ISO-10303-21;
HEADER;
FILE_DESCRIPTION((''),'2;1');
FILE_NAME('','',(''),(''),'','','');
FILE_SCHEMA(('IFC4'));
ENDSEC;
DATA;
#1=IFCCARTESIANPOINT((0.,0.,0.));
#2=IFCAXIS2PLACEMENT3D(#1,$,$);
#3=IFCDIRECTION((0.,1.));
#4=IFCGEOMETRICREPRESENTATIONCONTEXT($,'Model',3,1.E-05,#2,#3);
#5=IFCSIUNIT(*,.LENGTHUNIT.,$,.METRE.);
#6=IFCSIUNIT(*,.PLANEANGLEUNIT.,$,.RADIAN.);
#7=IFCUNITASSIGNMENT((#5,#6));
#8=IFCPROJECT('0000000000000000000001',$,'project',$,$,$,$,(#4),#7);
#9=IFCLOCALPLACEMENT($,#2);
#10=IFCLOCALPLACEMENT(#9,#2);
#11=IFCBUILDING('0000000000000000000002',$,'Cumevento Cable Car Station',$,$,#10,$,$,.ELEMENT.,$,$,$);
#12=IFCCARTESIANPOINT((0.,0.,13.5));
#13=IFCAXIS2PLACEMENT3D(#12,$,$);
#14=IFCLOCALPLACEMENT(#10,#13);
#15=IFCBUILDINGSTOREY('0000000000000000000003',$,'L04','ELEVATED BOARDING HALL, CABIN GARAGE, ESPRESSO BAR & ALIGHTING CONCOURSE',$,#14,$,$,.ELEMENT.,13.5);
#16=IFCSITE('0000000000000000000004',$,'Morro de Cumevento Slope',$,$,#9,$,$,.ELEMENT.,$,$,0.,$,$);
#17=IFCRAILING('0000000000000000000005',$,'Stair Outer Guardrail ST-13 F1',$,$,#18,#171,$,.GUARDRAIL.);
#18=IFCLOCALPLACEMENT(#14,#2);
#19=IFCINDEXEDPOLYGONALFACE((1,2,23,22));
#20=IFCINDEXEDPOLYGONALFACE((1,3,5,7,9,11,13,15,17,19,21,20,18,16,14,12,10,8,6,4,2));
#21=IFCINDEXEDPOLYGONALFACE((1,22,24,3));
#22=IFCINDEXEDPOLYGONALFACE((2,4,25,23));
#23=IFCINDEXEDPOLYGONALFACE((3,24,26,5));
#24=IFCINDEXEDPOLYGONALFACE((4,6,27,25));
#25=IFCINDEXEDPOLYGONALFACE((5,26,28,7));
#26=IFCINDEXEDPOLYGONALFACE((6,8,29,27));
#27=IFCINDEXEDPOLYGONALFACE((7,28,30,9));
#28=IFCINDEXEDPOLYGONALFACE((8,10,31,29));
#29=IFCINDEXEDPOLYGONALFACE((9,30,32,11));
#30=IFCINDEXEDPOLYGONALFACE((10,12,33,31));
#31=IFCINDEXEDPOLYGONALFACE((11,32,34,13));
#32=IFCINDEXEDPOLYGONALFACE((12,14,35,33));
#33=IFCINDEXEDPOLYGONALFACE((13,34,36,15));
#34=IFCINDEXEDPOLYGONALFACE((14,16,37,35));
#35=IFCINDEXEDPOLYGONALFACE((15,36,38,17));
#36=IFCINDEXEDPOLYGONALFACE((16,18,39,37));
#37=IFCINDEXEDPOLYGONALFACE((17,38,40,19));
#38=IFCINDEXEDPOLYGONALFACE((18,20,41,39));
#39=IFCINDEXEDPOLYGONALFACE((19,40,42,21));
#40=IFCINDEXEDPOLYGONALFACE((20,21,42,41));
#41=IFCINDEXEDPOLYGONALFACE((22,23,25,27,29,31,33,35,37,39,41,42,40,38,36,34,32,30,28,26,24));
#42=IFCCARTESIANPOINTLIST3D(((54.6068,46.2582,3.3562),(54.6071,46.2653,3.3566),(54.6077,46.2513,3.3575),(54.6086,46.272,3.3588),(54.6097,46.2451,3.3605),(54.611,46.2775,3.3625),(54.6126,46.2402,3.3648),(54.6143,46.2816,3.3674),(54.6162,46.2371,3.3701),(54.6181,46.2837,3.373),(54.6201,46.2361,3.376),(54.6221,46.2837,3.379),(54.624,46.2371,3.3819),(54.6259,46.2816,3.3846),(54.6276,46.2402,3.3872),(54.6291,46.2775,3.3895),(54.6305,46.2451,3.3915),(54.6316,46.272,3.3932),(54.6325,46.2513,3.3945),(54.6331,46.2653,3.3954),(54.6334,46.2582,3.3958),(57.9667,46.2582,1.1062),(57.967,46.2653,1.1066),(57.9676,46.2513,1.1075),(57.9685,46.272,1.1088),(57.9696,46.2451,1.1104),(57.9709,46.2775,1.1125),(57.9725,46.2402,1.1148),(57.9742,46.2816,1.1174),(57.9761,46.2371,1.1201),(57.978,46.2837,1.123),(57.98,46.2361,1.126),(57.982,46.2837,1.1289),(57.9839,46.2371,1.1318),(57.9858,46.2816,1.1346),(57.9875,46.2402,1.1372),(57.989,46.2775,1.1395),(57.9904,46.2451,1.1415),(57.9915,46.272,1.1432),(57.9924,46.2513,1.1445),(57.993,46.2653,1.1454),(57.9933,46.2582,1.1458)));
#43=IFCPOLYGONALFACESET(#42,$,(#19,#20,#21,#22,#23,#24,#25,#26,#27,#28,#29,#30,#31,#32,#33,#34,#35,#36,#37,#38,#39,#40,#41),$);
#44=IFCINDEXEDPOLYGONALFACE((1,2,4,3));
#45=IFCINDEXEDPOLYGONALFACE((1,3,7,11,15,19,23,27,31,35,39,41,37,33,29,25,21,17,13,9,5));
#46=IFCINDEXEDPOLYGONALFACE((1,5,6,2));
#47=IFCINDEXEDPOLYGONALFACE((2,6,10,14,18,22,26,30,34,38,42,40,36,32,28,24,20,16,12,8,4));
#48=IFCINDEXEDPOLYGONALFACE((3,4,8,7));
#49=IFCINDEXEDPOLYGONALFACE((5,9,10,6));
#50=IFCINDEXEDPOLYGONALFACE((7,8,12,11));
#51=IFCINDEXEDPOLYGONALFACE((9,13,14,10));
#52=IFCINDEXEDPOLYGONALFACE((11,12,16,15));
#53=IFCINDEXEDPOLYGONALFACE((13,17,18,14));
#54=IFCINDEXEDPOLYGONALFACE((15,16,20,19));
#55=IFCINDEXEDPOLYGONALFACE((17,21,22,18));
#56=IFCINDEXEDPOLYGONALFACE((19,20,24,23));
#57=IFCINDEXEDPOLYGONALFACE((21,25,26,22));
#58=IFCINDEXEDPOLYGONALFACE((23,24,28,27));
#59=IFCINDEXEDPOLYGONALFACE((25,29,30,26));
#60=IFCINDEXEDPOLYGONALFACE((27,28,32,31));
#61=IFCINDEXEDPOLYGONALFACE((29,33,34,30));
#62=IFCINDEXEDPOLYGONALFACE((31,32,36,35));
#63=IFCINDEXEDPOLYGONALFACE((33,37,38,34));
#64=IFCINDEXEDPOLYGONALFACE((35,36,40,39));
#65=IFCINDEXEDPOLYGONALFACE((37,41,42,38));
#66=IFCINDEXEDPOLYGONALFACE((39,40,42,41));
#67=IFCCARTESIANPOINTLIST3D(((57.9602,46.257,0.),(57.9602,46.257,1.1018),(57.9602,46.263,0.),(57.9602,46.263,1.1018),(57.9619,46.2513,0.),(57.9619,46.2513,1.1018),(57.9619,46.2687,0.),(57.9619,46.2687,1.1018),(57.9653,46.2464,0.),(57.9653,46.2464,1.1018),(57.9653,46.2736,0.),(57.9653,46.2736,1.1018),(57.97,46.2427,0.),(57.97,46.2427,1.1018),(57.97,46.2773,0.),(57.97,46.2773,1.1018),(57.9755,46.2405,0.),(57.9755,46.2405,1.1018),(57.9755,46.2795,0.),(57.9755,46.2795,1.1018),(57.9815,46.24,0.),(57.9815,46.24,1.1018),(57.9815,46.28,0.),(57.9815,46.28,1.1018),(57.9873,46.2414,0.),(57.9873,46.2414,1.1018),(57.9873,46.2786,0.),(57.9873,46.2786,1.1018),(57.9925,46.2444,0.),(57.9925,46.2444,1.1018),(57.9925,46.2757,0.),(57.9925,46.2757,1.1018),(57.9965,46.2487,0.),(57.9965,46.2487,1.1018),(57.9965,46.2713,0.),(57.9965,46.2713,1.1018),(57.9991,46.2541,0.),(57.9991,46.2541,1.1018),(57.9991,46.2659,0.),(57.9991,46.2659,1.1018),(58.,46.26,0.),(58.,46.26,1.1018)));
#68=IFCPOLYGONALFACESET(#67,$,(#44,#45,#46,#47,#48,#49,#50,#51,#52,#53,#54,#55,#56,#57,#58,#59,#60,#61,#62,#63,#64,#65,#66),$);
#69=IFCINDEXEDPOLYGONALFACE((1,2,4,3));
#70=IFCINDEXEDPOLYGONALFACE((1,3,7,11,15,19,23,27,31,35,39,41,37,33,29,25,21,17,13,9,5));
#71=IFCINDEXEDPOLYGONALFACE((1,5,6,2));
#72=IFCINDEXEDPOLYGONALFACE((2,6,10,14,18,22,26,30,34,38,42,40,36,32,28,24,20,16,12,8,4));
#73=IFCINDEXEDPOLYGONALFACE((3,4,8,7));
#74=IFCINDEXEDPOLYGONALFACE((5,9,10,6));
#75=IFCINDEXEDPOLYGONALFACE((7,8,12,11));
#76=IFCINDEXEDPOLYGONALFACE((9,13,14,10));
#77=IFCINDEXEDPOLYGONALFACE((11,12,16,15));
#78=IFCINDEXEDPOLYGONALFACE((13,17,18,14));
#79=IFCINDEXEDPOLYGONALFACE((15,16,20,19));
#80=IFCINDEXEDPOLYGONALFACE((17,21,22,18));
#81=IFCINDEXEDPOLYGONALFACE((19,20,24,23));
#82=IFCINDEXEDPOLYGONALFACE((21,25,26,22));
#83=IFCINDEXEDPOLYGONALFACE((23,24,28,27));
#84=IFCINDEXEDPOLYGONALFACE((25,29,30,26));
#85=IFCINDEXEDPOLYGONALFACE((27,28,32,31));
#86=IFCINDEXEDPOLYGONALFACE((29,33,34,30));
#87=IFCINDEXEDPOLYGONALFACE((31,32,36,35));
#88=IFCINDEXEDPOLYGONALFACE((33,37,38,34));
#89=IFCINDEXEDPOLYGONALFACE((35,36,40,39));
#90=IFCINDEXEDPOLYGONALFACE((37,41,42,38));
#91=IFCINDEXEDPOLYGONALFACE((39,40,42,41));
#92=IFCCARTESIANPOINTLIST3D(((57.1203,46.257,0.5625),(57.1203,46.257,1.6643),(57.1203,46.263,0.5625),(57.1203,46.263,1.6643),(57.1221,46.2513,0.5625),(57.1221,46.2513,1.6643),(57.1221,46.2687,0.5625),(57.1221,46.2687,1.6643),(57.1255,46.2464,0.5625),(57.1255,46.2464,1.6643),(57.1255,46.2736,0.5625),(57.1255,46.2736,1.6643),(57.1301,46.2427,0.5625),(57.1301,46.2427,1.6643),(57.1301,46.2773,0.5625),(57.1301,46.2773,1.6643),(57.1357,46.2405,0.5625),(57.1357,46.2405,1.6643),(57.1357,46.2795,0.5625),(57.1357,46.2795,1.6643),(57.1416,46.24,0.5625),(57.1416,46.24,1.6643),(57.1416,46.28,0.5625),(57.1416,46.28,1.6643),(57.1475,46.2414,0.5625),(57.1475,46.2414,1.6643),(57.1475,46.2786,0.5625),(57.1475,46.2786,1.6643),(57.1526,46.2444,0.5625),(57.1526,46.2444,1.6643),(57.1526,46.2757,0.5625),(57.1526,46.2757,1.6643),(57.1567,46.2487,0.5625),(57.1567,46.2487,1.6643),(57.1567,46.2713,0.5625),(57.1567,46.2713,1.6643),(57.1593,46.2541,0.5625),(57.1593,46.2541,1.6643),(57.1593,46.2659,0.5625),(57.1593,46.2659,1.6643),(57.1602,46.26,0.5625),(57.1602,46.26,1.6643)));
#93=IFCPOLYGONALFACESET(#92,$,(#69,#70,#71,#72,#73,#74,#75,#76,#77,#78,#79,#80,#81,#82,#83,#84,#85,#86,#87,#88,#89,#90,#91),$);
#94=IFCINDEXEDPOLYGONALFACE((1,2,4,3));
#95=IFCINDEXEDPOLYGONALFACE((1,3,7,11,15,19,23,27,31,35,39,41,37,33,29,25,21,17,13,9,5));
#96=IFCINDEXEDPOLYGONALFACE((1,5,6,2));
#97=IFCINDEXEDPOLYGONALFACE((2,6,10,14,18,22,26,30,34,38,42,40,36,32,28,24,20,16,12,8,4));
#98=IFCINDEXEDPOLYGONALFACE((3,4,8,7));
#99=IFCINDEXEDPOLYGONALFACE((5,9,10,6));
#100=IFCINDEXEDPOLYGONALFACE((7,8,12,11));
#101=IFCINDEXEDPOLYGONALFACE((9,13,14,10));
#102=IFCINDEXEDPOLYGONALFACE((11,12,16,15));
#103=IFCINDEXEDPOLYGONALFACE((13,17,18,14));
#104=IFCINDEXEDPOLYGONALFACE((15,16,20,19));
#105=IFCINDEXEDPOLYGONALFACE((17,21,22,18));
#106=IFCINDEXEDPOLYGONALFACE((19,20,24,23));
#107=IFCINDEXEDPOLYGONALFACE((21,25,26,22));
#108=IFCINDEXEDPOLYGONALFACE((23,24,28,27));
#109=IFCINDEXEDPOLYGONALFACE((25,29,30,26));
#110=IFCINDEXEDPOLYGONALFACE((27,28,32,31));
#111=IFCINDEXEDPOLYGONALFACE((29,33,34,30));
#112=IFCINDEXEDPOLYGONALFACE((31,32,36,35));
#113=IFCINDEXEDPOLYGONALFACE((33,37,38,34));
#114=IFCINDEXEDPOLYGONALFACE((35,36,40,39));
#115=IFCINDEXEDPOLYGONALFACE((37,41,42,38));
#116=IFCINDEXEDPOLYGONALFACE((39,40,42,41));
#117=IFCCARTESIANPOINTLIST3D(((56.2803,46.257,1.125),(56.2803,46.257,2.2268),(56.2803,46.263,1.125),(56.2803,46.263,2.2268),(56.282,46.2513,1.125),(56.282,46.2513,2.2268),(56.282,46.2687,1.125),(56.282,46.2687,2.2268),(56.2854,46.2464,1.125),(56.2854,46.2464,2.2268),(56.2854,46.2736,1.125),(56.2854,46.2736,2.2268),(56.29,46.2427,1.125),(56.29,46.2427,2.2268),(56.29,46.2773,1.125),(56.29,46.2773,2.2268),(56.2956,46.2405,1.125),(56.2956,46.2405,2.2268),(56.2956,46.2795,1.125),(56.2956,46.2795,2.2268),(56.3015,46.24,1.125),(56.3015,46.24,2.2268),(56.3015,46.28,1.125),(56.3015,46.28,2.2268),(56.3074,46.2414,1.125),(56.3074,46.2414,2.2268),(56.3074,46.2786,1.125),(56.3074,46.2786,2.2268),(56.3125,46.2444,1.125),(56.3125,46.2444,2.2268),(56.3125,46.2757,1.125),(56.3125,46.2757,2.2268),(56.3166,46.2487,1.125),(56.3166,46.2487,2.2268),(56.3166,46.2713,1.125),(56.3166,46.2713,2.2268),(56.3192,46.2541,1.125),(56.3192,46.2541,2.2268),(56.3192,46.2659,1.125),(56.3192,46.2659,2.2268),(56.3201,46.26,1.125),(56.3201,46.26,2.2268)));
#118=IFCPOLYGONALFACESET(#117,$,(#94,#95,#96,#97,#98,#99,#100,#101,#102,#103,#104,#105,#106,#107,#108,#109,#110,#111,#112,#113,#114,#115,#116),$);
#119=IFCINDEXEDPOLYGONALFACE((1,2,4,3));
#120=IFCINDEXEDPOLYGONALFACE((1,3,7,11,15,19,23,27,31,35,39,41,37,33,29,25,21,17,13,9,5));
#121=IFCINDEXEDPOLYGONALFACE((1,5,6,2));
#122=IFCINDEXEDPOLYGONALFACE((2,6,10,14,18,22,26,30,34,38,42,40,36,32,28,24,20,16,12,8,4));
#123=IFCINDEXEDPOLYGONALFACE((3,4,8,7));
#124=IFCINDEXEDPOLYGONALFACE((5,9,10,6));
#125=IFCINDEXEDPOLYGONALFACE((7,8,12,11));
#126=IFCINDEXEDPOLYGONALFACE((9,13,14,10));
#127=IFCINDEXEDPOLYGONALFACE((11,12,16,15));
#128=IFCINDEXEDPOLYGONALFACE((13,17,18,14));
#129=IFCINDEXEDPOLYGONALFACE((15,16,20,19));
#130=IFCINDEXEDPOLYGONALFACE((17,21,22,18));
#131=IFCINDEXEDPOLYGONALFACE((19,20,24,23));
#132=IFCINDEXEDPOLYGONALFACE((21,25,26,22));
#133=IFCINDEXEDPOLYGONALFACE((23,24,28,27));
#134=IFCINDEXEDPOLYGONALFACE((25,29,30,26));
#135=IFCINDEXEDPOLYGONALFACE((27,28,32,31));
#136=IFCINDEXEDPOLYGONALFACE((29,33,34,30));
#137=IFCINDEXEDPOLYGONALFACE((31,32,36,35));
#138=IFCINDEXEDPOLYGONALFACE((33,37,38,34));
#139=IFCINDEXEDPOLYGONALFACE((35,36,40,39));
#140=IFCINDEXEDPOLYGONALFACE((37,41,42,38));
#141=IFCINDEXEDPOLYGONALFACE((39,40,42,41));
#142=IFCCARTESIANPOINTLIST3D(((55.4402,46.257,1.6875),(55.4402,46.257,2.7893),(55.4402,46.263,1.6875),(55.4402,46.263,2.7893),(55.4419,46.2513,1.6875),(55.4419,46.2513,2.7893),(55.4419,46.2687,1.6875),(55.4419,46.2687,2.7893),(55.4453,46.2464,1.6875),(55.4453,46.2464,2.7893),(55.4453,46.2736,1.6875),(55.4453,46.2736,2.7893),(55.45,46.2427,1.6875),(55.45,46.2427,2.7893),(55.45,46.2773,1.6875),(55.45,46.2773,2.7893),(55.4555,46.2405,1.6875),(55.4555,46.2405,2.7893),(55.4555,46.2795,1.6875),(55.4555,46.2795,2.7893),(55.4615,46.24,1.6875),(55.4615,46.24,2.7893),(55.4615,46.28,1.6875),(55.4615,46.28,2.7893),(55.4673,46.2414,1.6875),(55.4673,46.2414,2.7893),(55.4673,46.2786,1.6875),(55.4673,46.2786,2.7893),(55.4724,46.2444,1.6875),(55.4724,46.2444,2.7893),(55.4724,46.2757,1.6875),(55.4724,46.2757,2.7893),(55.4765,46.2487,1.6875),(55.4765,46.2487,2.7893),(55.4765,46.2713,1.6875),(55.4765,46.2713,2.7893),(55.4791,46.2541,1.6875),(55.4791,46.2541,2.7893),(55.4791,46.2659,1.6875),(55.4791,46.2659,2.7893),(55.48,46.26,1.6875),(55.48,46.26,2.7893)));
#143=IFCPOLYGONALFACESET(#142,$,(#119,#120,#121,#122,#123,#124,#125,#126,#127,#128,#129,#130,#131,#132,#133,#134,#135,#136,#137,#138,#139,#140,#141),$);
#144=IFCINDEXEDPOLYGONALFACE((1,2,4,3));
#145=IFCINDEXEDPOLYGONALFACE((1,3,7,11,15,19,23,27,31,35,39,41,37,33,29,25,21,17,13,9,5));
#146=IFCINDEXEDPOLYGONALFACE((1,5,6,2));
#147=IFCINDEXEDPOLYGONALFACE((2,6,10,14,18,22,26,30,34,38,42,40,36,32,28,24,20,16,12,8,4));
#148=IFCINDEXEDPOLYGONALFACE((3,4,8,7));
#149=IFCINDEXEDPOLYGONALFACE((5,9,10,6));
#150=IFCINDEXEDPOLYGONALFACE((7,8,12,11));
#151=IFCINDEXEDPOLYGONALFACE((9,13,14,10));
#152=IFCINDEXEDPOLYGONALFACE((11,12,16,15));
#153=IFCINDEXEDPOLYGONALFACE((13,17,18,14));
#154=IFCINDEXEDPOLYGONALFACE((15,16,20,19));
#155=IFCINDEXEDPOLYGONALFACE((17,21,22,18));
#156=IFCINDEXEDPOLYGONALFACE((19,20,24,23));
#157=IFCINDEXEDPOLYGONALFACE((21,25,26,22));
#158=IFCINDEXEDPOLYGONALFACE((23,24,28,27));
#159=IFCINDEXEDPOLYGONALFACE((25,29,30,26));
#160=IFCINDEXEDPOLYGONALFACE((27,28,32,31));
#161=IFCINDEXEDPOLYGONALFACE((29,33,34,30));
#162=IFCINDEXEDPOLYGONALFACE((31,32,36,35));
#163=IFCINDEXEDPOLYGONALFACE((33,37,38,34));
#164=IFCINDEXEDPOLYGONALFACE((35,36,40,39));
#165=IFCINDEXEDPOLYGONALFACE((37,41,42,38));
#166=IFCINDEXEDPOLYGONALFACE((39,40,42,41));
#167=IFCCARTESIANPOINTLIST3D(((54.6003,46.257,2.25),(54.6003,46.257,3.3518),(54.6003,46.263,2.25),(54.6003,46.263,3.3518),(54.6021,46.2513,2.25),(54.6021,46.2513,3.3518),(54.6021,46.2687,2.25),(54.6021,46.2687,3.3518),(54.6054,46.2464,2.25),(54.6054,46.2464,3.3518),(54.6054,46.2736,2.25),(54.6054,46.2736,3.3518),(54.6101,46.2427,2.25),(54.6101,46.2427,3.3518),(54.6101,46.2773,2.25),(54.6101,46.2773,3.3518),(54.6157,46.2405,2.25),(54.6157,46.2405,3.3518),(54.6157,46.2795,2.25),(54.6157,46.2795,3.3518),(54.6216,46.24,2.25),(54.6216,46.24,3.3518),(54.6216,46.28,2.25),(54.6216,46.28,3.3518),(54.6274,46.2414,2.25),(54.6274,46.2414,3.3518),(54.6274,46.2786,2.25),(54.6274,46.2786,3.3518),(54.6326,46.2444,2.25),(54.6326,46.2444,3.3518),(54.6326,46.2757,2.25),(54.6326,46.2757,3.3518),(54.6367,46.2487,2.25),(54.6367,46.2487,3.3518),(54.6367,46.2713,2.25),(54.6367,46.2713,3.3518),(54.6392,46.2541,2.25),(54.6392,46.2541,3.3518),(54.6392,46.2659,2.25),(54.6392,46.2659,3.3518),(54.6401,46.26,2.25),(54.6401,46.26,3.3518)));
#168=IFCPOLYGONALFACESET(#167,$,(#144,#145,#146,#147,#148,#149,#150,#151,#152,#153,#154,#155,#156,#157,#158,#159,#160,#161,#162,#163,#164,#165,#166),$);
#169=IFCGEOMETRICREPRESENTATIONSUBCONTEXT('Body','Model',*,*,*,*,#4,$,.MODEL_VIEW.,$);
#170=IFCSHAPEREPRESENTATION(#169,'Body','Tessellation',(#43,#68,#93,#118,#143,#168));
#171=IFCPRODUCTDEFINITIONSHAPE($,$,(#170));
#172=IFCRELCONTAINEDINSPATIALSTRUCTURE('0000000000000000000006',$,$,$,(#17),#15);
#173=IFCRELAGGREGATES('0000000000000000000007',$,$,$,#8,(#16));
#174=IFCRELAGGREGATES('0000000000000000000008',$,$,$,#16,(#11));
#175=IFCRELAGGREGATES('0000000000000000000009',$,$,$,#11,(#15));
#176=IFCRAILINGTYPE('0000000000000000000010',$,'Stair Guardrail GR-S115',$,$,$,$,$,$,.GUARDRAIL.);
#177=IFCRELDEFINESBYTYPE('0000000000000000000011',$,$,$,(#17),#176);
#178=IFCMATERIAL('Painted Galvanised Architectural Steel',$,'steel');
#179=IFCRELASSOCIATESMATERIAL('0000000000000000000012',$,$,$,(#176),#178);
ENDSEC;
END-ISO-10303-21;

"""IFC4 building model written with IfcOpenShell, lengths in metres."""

from ifc_helpers import new_model, si_unit, direction, frame, origin, origin_2d, place, context, subcontext, project, spatial, circle, extrude, material, type_object, element, save


model = new_model("IFC4")

# Units and contexts
model_context = context("Model", 3, precision=1e-05, world=origin(), true_north=direction((0.0, 1.0)))
body_context = subcontext(model_context, "Body", "Model", "MODEL_VIEW")
ifc_project = project(units=[si_unit("LENGTHUNIT", "METRE"), si_unit("PLANEANGLEUNIT", "RADIAN")], contexts=[model_context])

# Site, building, storey
site_placement = place(None, origin())
site = spatial("IfcSite", under=ifc_project, at=site_placement, Name="Morro de Cumevento Slope", CompositionType="ELEMENT", RefElevation=0.0)
building_placement = place(site_placement, origin())
building = spatial("IfcBuilding", under=site, at=building_placement, Name="Cumevento Cable Car Station", CompositionType="ELEMENT")
storey_placement = place(building_placement, frame((0.0, 0.0, 13.5)))
storey = spatial("IfcBuildingStorey", under=building, at=storey_placement, Name="L04", Description="ELEVATED BOARDING HALL, CABIN GARAGE, ESPRESSO BAR & ALIGHTING CONCOURSE", CompositionType="ELEMENT", Elevation=13.5)

# Railing
ifc_material_1 = material(Name="Painted Galvanised Architectural Steel", Category="steel")
railing_type_1 = type_object("IfcRailingType", Name="Stair Guardrail GR-S115", PredefinedType="GUARDRAIL", material=ifc_material_1)
railing_1_placement = place(storey_placement, frame((57.98, 46.26, 0.0)))
element("IfcRailing", 1, at=railing_1_placement, inside=storey, type_object=railing_type_1, Name="Stair Outer Guardrail ST-13 F1", PredefinedType="GUARDRAIL", context=body_context, shape_type="SweptSolid", body=[
    extrude(circle(Radius=0.0239, at=origin_2d()), frame((0.0, 0.0, 1.126), z_axis=(-0.830897, 0.0, 0.556427), x_axis=(0.0, -1.0, 0.0)), (0.0, 0.0, 1.0), 4.0437),
    extrude(circle(Radius=0.02, at=origin_2d()), origin(), (0.0, 0.0, 1.0), 1.1018),
    extrude(circle(Radius=0.02, at=origin_2d()), frame((-0.8398, 0.0, 0.5625)), (0.0, 0.0, 1.0), 1.1018),
    extrude(circle(Radius=0.02, at=origin_2d()), frame((-1.6799, 0.0, 1.125)), (0.0, 0.0, 1.0), 1.1018),
    extrude(circle(Radius=0.02, at=origin_2d()), frame((-2.52, 0.0, 1.6875)), (0.0, 0.0, 1.0), 1.1018),
    extrude(circle(Radius=0.02, at=origin_2d()), frame((-3.3599, 0.0, 2.25)), (0.0, 0.0, 1.0), 1.1018),
])

save(model, "model.ifc")
